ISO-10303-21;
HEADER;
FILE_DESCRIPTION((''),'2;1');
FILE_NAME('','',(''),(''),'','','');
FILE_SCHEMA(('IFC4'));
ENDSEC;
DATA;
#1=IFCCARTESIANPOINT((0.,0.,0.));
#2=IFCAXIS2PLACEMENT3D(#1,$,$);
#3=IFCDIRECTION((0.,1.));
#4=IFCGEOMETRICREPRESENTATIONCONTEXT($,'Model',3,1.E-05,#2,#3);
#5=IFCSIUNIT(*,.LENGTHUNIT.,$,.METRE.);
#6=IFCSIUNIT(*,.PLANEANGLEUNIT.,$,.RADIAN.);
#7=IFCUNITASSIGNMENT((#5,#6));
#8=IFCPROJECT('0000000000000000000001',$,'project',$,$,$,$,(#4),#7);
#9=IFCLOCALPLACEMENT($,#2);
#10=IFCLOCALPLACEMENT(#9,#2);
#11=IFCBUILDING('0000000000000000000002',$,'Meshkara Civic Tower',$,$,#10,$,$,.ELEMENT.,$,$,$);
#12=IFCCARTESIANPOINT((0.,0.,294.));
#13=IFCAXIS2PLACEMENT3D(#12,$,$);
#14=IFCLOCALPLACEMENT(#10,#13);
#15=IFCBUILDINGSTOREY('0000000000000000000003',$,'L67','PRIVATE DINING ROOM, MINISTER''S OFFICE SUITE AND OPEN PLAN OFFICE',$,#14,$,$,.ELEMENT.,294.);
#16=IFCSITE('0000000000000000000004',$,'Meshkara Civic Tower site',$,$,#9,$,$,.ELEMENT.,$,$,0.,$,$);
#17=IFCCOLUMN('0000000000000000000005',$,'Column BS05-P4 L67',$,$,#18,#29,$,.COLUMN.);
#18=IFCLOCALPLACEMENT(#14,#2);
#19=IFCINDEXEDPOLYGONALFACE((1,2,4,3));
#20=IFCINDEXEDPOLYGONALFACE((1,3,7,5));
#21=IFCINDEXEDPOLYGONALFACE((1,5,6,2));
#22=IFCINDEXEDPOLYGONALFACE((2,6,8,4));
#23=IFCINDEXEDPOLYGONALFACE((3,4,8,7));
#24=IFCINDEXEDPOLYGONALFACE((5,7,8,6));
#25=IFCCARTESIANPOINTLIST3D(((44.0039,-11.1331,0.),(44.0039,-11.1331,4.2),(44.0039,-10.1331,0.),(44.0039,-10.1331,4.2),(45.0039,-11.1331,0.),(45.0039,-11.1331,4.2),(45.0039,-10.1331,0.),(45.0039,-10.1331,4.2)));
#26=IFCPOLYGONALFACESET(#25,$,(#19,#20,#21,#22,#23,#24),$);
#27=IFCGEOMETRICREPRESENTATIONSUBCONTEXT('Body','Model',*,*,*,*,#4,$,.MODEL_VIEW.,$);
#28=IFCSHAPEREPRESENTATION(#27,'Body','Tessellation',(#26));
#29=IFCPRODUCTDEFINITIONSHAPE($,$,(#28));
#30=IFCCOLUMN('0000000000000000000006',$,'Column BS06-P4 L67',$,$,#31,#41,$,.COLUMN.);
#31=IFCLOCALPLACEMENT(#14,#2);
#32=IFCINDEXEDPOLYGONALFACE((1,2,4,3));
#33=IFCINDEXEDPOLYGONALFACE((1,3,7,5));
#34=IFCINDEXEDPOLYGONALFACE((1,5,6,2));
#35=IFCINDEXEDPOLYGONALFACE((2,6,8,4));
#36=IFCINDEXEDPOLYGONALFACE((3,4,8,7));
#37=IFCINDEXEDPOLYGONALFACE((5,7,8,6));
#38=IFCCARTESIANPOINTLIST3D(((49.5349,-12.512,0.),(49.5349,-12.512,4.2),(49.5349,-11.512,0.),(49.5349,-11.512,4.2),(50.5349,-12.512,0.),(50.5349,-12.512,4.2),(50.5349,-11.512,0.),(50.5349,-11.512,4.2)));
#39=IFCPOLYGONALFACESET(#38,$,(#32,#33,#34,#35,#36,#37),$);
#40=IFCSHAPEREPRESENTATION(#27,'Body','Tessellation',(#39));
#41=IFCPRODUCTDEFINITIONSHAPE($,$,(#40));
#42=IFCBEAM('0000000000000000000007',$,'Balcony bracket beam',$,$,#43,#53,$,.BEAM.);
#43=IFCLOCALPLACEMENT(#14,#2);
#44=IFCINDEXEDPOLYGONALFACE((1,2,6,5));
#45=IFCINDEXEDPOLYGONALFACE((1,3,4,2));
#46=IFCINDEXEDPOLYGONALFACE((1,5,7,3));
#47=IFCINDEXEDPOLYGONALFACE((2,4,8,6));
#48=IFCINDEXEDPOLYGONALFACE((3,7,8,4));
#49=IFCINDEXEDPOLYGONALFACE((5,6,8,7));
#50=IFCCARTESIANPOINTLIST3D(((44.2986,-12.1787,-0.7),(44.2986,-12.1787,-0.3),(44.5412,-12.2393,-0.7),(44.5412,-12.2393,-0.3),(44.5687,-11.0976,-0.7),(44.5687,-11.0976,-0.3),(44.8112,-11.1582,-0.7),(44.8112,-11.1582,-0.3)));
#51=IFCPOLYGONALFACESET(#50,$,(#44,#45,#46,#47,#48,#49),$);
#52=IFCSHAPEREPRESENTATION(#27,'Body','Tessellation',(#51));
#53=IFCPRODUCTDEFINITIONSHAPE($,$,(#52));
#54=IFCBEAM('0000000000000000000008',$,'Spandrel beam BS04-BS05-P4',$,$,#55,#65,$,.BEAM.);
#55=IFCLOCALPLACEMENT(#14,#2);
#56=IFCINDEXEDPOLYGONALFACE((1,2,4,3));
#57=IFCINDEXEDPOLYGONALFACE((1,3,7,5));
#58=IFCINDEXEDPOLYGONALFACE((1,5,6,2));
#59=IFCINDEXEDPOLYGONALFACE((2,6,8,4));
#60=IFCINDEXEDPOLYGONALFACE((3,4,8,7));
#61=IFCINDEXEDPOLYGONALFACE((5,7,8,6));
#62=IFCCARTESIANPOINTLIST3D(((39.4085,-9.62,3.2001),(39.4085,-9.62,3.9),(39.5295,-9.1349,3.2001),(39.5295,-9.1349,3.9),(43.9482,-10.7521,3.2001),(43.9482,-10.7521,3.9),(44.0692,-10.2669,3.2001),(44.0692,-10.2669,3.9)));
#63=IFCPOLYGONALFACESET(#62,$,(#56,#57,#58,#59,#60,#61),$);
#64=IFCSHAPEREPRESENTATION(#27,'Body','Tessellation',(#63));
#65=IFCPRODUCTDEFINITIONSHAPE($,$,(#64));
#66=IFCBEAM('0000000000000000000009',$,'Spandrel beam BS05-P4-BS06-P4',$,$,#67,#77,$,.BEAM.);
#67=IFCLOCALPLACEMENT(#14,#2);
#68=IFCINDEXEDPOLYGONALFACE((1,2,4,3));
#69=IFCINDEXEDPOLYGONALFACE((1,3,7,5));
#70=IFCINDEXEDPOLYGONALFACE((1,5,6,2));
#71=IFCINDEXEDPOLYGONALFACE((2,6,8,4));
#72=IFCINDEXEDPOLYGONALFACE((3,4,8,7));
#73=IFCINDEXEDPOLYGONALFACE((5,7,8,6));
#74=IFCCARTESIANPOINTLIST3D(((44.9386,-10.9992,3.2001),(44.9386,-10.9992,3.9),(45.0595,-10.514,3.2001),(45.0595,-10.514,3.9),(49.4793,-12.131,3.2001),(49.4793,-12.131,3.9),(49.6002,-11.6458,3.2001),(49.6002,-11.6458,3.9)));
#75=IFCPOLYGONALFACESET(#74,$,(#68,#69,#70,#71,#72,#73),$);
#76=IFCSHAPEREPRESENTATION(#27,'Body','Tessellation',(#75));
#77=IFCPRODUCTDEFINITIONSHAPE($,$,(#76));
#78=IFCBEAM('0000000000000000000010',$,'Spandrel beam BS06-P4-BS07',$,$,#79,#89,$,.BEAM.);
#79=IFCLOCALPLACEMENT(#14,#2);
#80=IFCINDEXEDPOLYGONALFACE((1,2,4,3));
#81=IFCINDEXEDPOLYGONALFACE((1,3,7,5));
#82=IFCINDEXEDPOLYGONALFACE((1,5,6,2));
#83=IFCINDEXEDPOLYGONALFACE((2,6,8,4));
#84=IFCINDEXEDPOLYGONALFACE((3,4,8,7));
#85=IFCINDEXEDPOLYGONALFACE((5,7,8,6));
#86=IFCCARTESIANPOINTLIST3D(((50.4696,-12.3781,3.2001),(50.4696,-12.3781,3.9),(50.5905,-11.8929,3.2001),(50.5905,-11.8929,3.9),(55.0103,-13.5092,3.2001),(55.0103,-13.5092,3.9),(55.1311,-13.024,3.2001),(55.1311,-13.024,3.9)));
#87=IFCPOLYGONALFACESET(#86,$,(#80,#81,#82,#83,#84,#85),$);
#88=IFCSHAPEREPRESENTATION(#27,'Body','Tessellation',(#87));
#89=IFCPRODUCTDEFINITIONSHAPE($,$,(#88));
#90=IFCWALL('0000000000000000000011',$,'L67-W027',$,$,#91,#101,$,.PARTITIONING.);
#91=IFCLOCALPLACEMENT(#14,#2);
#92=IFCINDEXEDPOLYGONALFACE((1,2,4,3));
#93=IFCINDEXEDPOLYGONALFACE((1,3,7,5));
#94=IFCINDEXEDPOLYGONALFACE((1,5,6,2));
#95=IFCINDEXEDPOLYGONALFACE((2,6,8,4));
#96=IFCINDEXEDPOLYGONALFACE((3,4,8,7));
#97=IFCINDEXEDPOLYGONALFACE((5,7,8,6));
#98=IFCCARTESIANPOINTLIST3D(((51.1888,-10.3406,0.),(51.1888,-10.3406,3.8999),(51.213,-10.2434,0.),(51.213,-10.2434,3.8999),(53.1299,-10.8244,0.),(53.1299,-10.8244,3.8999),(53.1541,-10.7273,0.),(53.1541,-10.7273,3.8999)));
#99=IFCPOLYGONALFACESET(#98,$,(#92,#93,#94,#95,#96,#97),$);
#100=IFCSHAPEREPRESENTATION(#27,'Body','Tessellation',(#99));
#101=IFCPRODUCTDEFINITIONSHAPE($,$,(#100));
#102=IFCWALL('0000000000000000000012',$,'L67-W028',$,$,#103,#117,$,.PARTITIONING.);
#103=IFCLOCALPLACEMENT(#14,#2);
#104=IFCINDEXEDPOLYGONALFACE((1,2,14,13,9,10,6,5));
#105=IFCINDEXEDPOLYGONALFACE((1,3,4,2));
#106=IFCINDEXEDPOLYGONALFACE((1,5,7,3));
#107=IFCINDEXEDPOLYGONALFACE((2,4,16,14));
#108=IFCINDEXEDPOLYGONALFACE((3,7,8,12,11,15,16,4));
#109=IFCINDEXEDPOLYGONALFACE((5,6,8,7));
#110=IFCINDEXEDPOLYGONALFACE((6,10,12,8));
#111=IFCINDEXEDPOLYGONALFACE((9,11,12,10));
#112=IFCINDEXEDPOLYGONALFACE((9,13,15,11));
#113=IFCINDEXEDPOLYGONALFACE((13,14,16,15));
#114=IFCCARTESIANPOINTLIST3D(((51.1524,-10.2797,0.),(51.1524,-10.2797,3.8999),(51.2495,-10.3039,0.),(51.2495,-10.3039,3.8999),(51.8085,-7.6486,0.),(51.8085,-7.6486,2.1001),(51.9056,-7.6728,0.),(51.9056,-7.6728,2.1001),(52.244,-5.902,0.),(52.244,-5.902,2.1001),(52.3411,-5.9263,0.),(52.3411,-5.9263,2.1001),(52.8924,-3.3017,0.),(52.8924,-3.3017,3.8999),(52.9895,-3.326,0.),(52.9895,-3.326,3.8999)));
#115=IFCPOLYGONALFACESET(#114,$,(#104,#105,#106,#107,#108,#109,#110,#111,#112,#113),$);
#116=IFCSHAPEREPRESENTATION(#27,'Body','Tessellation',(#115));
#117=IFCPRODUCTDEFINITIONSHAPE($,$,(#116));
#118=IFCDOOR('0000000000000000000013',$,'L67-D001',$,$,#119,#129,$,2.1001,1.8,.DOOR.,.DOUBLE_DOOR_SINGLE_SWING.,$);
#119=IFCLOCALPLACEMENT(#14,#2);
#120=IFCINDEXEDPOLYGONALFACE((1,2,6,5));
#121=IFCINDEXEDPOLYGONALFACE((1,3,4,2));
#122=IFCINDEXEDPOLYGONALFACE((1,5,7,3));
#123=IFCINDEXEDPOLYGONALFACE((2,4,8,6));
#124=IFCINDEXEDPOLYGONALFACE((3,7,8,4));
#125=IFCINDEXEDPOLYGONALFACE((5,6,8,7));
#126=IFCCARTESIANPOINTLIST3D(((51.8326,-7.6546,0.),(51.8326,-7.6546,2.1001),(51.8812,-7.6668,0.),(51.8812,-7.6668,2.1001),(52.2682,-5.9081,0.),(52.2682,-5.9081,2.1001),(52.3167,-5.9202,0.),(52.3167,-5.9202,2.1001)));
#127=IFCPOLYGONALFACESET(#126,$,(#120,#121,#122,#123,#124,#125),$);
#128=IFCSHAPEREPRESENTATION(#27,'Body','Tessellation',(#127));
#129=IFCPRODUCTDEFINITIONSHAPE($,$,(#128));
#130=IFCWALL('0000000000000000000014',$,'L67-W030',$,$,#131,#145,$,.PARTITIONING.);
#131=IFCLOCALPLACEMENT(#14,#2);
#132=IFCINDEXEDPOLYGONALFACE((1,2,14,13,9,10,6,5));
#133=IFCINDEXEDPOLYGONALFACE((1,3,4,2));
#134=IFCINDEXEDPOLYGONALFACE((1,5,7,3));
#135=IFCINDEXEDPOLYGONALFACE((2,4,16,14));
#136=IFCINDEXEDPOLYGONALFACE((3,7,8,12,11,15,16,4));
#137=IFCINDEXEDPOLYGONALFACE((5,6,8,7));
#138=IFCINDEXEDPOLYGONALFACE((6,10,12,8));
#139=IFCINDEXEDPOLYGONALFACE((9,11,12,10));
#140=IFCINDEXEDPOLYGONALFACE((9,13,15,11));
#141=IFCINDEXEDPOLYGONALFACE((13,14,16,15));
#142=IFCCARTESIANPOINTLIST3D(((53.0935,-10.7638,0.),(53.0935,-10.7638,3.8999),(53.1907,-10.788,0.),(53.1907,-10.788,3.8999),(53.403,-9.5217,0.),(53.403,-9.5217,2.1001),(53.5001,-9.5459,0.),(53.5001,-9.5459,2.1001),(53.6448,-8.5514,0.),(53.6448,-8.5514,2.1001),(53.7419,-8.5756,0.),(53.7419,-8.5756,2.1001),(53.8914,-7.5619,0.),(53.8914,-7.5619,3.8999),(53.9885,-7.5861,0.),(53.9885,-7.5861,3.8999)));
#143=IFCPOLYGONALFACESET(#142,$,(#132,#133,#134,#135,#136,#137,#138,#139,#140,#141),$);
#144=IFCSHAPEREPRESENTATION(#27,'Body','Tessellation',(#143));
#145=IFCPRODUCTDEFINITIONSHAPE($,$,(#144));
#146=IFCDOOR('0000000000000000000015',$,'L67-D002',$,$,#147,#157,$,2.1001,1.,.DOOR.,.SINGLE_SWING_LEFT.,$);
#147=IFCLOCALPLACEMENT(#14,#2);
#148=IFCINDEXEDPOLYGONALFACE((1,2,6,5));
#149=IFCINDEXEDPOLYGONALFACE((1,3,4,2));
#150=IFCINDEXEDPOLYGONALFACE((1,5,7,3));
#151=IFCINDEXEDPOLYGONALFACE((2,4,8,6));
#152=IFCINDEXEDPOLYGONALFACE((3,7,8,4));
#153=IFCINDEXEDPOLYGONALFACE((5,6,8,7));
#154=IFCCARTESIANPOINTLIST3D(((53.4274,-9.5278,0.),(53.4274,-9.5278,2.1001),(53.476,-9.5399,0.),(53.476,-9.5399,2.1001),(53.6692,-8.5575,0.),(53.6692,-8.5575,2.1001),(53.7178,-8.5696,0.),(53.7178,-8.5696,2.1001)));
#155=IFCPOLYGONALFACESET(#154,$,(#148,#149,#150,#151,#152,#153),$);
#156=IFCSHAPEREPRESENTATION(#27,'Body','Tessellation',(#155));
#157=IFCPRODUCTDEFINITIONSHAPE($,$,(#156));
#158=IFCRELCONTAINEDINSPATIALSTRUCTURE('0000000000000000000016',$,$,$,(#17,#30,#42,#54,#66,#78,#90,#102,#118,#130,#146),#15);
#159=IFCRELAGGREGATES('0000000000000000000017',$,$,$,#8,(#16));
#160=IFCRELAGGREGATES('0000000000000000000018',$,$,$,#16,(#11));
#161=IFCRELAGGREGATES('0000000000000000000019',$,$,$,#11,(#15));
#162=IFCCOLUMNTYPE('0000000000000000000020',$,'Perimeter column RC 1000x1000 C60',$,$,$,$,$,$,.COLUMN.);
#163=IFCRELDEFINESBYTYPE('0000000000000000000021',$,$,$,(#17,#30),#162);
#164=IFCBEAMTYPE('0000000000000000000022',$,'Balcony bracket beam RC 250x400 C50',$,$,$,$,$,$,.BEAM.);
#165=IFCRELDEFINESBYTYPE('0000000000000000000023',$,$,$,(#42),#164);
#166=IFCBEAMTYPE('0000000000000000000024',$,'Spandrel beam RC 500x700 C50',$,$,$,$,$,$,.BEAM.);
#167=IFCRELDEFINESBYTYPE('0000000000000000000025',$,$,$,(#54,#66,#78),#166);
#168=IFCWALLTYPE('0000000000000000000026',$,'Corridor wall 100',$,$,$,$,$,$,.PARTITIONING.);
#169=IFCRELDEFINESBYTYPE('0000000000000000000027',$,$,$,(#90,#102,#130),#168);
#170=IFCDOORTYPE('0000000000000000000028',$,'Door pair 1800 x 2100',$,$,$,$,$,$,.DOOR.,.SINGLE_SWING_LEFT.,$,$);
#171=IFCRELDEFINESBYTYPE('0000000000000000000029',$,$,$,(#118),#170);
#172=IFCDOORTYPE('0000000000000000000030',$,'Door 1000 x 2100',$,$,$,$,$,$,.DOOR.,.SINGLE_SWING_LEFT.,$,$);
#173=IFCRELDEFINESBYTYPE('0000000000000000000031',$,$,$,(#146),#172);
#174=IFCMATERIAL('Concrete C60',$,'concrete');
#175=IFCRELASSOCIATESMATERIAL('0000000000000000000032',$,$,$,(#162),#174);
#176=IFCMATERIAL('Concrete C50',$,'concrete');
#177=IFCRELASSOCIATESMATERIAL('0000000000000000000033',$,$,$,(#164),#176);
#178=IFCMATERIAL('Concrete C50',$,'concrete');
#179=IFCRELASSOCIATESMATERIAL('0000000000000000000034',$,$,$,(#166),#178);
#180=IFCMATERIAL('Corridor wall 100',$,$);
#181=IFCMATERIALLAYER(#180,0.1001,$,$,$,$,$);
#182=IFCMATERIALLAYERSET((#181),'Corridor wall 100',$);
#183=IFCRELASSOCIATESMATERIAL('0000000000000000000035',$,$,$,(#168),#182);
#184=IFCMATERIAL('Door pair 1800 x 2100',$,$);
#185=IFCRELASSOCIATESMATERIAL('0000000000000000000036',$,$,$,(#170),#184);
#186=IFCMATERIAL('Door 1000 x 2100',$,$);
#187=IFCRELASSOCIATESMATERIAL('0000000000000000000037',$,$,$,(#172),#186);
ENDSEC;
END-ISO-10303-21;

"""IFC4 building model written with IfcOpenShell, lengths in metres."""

from ifc_helpers import new_model, si_unit, direction, frame, frame_2d, origin, origin_2d, place, context, subcontext, project, spatial, rectangle, extrude, material, layer, layer_set, material_profile, profile_set, type_object, element, fill, save


model = new_model("IFC4")

# Units and contexts
model_context = context("Model", 3, precision=1e-05, world=origin(), true_north=direction((0.0, 1.0)))
body_context = subcontext(model_context, "Body", "Model", "MODEL_VIEW")
ifc_project = project(units=[si_unit("LENGTHUNIT", "METRE"), si_unit("PLANEANGLEUNIT", "RADIAN")], contexts=[model_context])

# Site, building, storey
site_placement = place(None, origin())
site = spatial("IfcSite", under=ifc_project, at=site_placement, Name="Meshkara Civic Tower site", CompositionType="ELEMENT", RefElevation=0.0)
building_placement = place(site_placement, origin())
building = spatial("IfcBuilding", under=site, at=building_placement, Name="Meshkara Civic Tower", CompositionType="ELEMENT")
storey_placement = place(building_placement, frame((0.0, 0.0, 294.0)))
storey = spatial("IfcBuildingStorey", under=building, at=storey_placement, Name="L67", Description="PRIVATE DINING ROOM, MINISTER'S OFFICE SUITE AND OPEN PLAN OFFICE", CompositionType="ELEMENT", Elevation=294.0)

# Columns
ifc_material_1 = material(Name="Concrete C60", Category="concrete")
ifc_material_profile_1 = material_profile(ifc_material_1, rectangle(XDim=1.0, YDim=1.0, at=origin_2d()))
ifc_profile_set_1 = profile_set([ifc_material_profile_1], Name="Concrete C60")
column_type = type_object("IfcColumnType", Name="Perimeter column RC 1000x1000 C60", PredefinedType="COLUMN", material=ifc_profile_set_1)
for number, where, z_axis, x_axis, name in (
    (1, (44.5039, -10.6331, 0.0), (0.0, 0.0, 1.0), (1.0, 0.0, 0.0), "Column BS05-P4 L67"),
    (2, (50.0349, -12.012, 0.0), (0.0, 0.0, 1.0), (1.0, 0.0, 0.0), "Column BS06-P4 L67"),
):
    element("IfcColumn", number, at=place(storey_placement, frame(where, z_axis=z_axis, x_axis=x_axis)), inside=storey, type_object=column_type, Name=name, PredefinedType="COLUMN", context=body_context, shape_type="SweptSolid", body=[
        extrude(rectangle(XDim=1.0, YDim=1.0, at=origin_2d()), origin(), (0.0, 0.0, 1.0), 4.2),
    ])

# Beams
ifc_material_2 = material(Name="Concrete C50", Category="concrete")
ifc_material_profile_2 = material_profile(ifc_material_2, rectangle(XDim=0.25, YDim=0.3999, at=origin_2d()))
ifc_profile_set_2 = profile_set([ifc_material_profile_2], Name="Concrete C50")
beam_type_1 = type_object("IfcBeamType", Name="Balcony bracket beam RC 250x400 C50", PredefinedType="BEAM", material=ifc_profile_set_2)
beam_1_placement = place(storey_placement, frame((44.6899, -11.1279, -0.5), z_axis=(-0.242329, -0.970194, 0.0), x_axis=(0.970194, -0.242329, 0.0)))
element("IfcBeam", 3, at=beam_1_placement, inside=storey, type_object=beam_type_1, Name="Balcony bracket beam", PredefinedType="BEAM", context=body_context, shape_type="SweptSolid", body=[
    extrude(rectangle(XDim=0.25, YDim=0.3999, at=origin_2d()), origin(), (0.0, 0.0, 1.0), 1.1143),
])
ifc_material_3 = material(Name="Concrete C50", Category="concrete")
ifc_material_profile_3 = material_profile(ifc_material_3, rectangle(XDim=0.5, YDim=0.7, at=origin_2d()))
ifc_profile_set_3 = profile_set([ifc_material_profile_3], Name="Concrete C50")
beam_type_2 = type_object("IfcBeamType", Name="Spandrel beam RC 500x700 C50", PredefinedType="BEAM", material=ifc_profile_set_3)
beam_2_placement = place(storey_placement, frame((39.469, -9.3774, 3.55), z_axis=(0.970287, -0.241959, 0.0), x_axis=(0.241959, 0.970287, 0.0)))
element("IfcBeam", 4, at=beam_2_placement, inside=storey, type_object=beam_type_2, Name="Spandrel beam BS04-BS05-P4", PredefinedType="BEAM", context=body_context, shape_type="SweptSolid", body=[
    extrude(rectangle(XDim=0.5, YDim=0.7, at=origin_2d()), origin(), (0.0, 0.0, 1.0), 4.6787),
])
beam_3_placement = place(storey_placement, frame((44.999, -10.7566, 3.55), z_axis=(0.970311, -0.24186, 0.0), x_axis=(0.24186, 0.970311, 0.0)))
element("IfcBeam", 5, at=beam_3_placement, inside=storey, type_object=beam_type_2, Name="Spandrel beam BS05-P4-BS06-P4", PredefinedType="BEAM", context=body_context, shape_type="SweptSolid", body=[
    extrude(rectangle(XDim=0.5, YDim=0.7, at=origin_2d()), origin(), (0.0, 0.0, 1.0), 4.6797),
])
beam_4_placement = place(storey_placement, frame((50.53, -12.1355, 3.55), z_axis=(0.970348, -0.241713, 0.0), x_axis=(0.241713, 0.970348, 0.0)))
element("IfcBeam", 6, at=beam_4_placement, inside=storey, type_object=beam_type_2, Name="Spandrel beam BS06-P4-BS07", PredefinedType="BEAM", context=body_context, shape_type="SweptSolid", body=[
    extrude(rectangle(XDim=0.5, YDim=0.7, at=origin_2d()), origin(), (0.0, 0.0, 1.0), 4.6794),
])

# Wall
ifc_material_4 = material(Name="Corridor wall 100")
ifc_layer_1 = layer(ifc_material_4, 0.1001)
ifc_layer_set_1 = layer_set([ifc_layer_1], Name="Corridor wall 100")
wall_type_1 = type_object("IfcWallType", Name="Corridor wall 100", PredefinedType="PARTITIONING", material=ifc_layer_set_1)
wall_1_placement = place(storey_placement, frame((51.2009, -10.292, 0.0), z_axis=(0.0, 0.0, 1.0), x_axis=(0.970307, -0.241875, 0.0)))
element("IfcWall", 7, at=wall_1_placement, inside=storey, type_object=wall_type_1, Name="L67-W027", PredefinedType="PARTITIONING", context=body_context, shape_type="SweptSolid", body=[
    extrude(rectangle(XDim=2.0005, YDim=0.1001, at=frame_2d((1.0002, 0.0))), origin(), (0.0, 0.0, 1.0), 3.8999),
])

# Walls, openings, doors
wall_2_placement = place(storey_placement, frame((52.9409, -3.314, 0.0), z_axis=(0.0, 0.0, 1.0), x_axis=(-0.241944, -0.97029, 0.0)))
wall_2 = element("IfcWall", 8, at=wall_2_placement, inside=storey, type_object=wall_type_1, Name="L67-W028", PredefinedType="PARTITIONING", context=body_context, shape_type="SweptSolid", body=[
    extrude(rectangle(XDim=7.1917, YDim=0.1001, at=frame_2d((3.5957, 0.0))), origin(), (0.0, 0.0, 1.0), 3.8999),
])
opening_1_placement = place(wall_2_placement, frame((2.6799, 0.0, 0.0)))
opening_1 = element("IfcOpeningElement", 9, at=opening_1_placement, cuts=wall_2, PredefinedType="OPENING", context=body_context, shape_type="SweptSolid", body=[
    extrude(rectangle(XDim=1.8, YDim=2.1001, at=frame_2d((0.8999, 1.05))), frame((0.0, 0.0601, 0.0), z_axis=(0.0, -1.0, 0.0), x_axis=(1.0, 0.0, 0.0)), (0.0, 0.0, 1.0), 0.1201),
])
ifc_material_5 = material(Name="Door pair 1800 x 2100")
door_type_1 = type_object("IfcDoorType", Name="Door pair 1800 x 2100", OperationType="SINGLE_SWING_LEFT", PredefinedType="DOOR", material=ifc_material_5)
door_1_placement = place(opening_1_placement, origin())
door_1 = element("IfcDoor", 10, at=door_1_placement, inside=storey, type_object=door_type_1, Name="L67-D001", OperationType="DOUBLE_DOOR_SINGLE_SWING", OverallHeight=2.1001, OverallWidth=1.8, PredefinedType="DOOR", context=body_context, shape_type="SweptSolid", body=[
    extrude(rectangle(XDim=1.8, YDim=2.1001, at=frame_2d((0.8999, 1.05))), frame((0.0, 0.0249, 0.0), z_axis=(0.0, -1.0, 0.0), x_axis=(1.0, 0.0, 0.0)), (0.0, 0.0, 1.0), 0.05),
])
fill(opening_1, door_1)
wall_3_placement = place(storey_placement, frame((53.1421, -10.7759, 0.0), z_axis=(0.0, 0.0, 1.0), x_axis=(0.241787, 0.970329, 0.0)))
wall_3 = element("IfcWall", 11, at=wall_3_placement, inside=storey, type_object=wall_type_1, Name="L67-W030", PredefinedType="PARTITIONING", context=body_context, shape_type="SweptSolid", body=[
    extrude(rectangle(XDim=3.2998, YDim=0.1001, at=frame_2d((1.6499, 0.0))), origin(), (0.0, 0.0, 1.0), 3.8999),
])
opening_2_placement = place(wall_3_placement, frame((1.28, 0.0, 0.0)))
opening_2 = element("IfcOpeningElement", 12, at=opening_2_placement, cuts=wall_3, PredefinedType="OPENING", context=body_context, shape_type="SweptSolid", body=[
    extrude(rectangle(XDim=1.0, YDim=2.1001, at=frame_2d((0.5, 1.05))), frame((0.0, 0.0601, 0.0), z_axis=(0.0, -1.0, 0.0), x_axis=(1.0, 0.0, 0.0)), (0.0, 0.0, 1.0), 0.1201),
])
ifc_material_6 = material(Name="Door 1000 x 2100")
door_type_2 = type_object("IfcDoorType", Name="Door 1000 x 2100", OperationType="SINGLE_SWING_LEFT", PredefinedType="DOOR", material=ifc_material_6)
door_2_placement = place(opening_2_placement, origin())
door_2 = element("IfcDoor", 13, at=door_2_placement, inside=storey, type_object=door_type_2, Name="L67-D002", OperationType="SINGLE_SWING_LEFT", OverallHeight=2.1001, OverallWidth=1.0, PredefinedType="DOOR", context=body_context, shape_type="SweptSolid", body=[
    extrude(rectangle(XDim=1.0, YDim=2.1001, at=frame_2d((0.5, 1.05))), frame((0.0, 0.0249, 0.0), z_axis=(0.0, -1.0, 0.0), x_axis=(1.0, 0.0, 0.0)), (0.0, 0.0, 1.0), 0.05),
])
fill(opening_2, door_2)

save(model, "model.ifc")
